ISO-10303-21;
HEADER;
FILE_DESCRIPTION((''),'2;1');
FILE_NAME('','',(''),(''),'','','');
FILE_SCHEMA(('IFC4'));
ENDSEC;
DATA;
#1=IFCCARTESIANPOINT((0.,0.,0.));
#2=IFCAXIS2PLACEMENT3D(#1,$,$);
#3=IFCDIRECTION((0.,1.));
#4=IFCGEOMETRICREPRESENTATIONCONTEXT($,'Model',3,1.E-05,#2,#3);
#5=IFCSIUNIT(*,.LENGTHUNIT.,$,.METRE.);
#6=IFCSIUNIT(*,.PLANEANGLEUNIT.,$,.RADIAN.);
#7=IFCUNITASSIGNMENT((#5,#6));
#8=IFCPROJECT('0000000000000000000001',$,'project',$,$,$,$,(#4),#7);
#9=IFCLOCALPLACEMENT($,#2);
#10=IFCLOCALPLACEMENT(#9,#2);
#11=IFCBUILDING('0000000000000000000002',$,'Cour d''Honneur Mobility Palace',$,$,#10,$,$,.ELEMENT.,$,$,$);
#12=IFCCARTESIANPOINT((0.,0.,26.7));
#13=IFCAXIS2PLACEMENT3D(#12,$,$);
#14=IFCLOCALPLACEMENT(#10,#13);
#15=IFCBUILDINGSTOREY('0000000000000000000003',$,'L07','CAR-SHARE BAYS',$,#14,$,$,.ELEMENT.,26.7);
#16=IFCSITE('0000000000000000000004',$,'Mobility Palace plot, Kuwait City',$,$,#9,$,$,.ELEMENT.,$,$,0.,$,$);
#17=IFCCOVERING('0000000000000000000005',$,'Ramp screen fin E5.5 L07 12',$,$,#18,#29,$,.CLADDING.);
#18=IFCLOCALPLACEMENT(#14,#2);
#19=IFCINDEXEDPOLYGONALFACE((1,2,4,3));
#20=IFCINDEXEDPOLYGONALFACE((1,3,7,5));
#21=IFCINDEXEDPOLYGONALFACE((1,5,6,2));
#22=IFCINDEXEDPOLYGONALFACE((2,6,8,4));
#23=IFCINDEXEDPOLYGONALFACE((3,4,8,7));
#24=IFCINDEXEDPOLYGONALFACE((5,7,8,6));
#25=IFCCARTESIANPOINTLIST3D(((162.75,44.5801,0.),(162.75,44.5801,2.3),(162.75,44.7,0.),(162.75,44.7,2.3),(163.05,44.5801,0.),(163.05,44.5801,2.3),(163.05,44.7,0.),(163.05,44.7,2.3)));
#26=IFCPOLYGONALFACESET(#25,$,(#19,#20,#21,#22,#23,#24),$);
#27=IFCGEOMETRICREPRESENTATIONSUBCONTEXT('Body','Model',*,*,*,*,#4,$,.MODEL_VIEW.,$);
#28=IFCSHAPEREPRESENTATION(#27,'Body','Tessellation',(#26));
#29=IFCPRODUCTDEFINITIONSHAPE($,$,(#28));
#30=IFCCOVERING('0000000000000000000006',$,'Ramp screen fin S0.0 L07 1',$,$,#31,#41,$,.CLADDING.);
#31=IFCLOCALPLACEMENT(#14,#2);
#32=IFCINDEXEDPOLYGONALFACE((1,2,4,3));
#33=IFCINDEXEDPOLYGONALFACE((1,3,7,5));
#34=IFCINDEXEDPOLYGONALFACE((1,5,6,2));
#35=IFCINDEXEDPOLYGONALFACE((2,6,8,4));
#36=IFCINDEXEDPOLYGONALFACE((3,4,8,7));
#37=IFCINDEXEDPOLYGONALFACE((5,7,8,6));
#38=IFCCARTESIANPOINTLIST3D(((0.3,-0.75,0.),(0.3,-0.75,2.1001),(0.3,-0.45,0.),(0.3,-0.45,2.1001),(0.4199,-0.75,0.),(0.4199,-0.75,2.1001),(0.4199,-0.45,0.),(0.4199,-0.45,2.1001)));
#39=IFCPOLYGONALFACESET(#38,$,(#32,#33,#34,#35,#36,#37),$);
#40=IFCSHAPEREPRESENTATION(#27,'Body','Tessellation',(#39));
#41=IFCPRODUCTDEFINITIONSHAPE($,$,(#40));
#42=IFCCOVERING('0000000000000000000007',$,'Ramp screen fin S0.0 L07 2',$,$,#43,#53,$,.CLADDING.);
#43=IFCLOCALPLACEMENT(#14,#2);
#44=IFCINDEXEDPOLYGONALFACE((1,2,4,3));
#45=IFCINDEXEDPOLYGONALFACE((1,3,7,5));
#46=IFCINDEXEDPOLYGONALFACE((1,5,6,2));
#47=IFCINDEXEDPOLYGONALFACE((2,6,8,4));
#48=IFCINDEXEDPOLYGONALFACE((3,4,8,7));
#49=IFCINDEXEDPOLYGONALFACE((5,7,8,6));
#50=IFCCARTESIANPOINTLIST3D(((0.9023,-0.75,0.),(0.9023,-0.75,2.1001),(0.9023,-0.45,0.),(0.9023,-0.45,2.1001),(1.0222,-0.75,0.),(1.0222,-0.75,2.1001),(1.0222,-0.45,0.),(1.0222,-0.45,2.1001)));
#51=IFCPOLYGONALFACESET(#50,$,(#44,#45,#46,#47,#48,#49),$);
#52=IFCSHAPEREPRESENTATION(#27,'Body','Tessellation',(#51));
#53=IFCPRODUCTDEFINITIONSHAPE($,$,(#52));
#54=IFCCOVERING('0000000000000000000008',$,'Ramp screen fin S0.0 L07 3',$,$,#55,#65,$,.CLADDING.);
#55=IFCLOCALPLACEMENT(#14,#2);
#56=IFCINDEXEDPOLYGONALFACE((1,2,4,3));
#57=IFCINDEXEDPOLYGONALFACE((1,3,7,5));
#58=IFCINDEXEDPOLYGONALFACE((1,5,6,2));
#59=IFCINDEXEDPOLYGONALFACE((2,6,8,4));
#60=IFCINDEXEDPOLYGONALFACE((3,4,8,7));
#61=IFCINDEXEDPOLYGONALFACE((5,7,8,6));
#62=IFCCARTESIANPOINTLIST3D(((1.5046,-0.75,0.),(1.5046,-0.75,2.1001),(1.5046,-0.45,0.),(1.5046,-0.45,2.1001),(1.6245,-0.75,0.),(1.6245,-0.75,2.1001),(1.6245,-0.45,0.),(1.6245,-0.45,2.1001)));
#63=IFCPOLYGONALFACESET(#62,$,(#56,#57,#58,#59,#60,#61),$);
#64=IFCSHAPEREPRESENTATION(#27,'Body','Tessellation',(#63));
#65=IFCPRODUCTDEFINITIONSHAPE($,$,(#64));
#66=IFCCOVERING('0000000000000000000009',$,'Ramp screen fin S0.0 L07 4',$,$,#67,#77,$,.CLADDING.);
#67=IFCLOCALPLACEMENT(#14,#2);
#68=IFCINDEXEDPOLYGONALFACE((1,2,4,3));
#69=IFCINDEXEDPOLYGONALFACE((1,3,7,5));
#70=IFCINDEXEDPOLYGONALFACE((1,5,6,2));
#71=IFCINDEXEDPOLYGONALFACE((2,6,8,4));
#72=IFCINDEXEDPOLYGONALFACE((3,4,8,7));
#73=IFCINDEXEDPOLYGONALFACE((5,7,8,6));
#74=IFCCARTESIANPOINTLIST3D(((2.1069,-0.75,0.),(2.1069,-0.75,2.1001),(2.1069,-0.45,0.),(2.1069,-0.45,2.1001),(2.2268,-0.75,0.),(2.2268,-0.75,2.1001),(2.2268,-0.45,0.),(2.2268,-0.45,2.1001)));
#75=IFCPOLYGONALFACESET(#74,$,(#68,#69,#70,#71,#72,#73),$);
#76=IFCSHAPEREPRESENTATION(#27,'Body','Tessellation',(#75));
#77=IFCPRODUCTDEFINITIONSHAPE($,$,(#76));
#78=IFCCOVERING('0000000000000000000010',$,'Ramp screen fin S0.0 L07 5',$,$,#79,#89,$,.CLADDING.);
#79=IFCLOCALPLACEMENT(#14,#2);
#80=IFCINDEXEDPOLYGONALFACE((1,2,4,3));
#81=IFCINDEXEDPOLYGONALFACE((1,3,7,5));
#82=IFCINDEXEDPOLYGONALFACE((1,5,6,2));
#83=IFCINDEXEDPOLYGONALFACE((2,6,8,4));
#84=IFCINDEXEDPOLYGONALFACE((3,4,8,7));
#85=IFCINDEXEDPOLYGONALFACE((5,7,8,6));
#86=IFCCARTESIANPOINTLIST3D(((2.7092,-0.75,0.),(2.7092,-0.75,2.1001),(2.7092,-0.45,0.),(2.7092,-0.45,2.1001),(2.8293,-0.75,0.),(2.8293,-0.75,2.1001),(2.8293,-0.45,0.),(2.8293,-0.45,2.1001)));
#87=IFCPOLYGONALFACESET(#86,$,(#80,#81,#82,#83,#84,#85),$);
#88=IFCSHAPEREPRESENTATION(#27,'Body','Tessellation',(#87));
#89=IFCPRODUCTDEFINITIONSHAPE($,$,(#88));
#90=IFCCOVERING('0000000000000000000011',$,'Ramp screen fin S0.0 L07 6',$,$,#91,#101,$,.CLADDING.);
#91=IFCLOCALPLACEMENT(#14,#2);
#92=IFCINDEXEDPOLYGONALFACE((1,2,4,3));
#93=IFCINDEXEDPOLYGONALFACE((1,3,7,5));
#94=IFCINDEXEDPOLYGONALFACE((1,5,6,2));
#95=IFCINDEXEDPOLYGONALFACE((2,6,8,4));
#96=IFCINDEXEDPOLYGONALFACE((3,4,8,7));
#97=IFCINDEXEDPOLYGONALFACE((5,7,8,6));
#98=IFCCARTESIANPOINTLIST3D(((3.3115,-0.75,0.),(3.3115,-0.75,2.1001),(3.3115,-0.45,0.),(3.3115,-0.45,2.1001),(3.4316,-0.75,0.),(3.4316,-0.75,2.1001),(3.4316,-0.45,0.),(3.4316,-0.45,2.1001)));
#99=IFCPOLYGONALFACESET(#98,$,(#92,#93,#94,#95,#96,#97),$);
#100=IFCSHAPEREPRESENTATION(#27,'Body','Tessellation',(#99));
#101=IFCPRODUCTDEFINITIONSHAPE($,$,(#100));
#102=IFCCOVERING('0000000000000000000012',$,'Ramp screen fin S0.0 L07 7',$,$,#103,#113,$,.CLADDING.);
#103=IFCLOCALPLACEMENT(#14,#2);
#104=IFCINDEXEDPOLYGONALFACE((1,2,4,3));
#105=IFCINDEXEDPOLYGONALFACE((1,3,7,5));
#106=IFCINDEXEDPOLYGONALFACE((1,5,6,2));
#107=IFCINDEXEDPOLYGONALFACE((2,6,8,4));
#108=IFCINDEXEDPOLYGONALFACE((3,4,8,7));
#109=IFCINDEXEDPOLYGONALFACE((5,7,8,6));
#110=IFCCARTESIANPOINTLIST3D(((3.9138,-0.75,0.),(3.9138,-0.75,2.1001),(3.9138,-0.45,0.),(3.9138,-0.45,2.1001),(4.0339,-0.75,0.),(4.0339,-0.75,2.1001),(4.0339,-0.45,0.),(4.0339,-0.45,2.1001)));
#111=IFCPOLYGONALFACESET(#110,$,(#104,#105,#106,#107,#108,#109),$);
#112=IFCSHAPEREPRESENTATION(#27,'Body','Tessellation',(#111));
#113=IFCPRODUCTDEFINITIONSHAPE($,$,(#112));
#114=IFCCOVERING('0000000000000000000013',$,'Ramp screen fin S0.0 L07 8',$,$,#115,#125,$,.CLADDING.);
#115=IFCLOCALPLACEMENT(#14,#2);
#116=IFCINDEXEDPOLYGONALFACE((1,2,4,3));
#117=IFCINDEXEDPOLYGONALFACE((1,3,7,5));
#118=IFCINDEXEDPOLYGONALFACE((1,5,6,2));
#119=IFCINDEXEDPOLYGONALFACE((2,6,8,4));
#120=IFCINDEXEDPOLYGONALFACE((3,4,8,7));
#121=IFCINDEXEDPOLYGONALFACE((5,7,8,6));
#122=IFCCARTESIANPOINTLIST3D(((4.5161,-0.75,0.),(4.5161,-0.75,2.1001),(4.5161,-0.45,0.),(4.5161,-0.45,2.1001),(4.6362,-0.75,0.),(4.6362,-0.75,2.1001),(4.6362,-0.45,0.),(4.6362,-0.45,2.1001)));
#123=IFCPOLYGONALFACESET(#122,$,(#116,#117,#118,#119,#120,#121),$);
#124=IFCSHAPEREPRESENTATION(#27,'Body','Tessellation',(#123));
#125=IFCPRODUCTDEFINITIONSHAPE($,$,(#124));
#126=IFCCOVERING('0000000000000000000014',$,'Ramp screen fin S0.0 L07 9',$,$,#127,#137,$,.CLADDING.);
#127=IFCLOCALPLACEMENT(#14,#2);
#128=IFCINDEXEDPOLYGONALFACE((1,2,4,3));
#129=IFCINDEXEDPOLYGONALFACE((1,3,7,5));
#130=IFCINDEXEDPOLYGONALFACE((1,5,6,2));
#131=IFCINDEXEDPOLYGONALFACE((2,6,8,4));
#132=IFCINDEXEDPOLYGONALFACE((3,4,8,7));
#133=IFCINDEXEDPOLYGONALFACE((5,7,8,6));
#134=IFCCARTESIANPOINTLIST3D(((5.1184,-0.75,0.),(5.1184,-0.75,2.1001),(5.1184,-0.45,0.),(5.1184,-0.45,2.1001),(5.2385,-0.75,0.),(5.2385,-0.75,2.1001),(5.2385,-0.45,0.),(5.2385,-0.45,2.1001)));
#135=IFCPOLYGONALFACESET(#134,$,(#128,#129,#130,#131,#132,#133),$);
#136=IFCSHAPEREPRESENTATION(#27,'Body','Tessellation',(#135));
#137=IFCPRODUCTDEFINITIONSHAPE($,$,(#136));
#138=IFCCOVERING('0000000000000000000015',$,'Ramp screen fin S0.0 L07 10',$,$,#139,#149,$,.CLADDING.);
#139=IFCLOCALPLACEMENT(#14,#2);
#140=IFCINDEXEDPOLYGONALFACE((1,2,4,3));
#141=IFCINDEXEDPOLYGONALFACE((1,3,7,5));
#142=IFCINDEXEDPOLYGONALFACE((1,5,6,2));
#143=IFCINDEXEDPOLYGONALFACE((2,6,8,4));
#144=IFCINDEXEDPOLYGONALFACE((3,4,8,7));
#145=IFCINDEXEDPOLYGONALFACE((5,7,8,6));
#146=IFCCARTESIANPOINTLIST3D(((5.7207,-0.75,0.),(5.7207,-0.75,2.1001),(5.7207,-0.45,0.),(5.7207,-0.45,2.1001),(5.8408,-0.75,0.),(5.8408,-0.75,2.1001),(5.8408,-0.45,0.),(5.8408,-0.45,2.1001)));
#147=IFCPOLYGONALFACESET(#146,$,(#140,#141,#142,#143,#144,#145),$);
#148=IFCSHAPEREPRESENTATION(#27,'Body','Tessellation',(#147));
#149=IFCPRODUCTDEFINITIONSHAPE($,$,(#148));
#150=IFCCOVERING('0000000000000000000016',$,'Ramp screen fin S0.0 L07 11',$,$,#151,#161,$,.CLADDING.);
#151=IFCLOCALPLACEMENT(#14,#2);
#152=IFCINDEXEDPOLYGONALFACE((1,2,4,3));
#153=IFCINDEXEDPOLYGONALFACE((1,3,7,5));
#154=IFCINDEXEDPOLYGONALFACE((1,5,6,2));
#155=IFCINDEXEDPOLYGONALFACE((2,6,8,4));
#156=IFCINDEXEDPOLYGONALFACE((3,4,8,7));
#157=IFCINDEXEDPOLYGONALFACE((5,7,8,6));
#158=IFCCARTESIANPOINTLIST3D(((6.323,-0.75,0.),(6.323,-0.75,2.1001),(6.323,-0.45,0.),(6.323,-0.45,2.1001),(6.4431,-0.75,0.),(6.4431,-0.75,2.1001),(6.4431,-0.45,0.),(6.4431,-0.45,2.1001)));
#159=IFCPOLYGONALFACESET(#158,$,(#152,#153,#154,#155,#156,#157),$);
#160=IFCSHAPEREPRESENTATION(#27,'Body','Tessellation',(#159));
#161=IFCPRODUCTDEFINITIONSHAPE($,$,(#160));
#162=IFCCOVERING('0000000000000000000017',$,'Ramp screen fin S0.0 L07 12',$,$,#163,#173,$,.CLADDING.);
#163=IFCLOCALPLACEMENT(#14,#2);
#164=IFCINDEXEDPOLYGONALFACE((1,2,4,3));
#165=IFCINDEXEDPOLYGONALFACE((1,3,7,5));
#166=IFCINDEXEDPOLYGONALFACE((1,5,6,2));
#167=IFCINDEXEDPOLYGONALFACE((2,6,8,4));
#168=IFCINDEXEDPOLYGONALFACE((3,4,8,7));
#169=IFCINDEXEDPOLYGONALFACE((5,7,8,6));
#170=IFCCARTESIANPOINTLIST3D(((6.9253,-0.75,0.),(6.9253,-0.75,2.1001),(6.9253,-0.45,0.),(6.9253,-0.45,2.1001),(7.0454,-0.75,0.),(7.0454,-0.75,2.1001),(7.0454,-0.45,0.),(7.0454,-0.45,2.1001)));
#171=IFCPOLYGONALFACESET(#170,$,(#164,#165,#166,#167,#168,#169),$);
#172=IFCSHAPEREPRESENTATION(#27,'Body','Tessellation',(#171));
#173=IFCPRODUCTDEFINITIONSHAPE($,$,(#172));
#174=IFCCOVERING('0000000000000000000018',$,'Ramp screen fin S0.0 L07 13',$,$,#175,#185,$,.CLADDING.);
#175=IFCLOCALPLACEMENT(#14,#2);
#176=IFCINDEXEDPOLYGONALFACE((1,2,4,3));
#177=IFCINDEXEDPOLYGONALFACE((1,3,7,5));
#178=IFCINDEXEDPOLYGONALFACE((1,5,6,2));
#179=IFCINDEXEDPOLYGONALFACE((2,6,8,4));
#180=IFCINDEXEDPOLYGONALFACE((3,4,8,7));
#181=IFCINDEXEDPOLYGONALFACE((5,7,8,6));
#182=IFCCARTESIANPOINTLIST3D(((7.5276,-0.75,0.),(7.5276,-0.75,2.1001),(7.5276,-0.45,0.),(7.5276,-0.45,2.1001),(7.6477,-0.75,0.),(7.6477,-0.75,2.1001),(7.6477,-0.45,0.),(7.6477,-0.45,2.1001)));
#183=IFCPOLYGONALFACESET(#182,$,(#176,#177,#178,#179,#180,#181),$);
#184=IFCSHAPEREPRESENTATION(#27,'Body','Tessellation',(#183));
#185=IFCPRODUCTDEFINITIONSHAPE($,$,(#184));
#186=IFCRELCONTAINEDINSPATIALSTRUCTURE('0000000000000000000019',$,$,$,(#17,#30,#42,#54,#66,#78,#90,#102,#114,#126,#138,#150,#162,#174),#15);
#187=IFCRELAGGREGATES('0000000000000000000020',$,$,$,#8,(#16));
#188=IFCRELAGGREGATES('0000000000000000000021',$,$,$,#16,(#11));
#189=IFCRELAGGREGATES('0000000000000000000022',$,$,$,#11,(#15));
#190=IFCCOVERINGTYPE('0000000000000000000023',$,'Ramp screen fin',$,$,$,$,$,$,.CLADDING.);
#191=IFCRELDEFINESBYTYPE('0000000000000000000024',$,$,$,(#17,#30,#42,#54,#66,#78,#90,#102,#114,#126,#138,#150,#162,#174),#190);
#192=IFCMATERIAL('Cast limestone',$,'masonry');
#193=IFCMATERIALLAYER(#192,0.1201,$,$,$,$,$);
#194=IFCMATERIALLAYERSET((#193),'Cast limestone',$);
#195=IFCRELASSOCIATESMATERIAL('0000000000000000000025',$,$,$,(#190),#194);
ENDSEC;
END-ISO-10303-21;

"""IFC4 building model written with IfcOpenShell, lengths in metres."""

from ifc_helpers import new_model, si_unit, direction, frame, origin, place, context, subcontext, project, spatial, polyline, outline, extrude, material, layer, layer_set, type_object, element, save


model = new_model("IFC4")

# Units and contexts
model_context = context("Model", 3, precision=1e-05, world=origin(), true_north=direction((0.0, 1.0)))
body_context = subcontext(model_context, "Body", "Model", "MODEL_VIEW")
ifc_project = project(units=[si_unit("LENGTHUNIT", "METRE"), si_unit("PLANEANGLEUNIT", "RADIAN")], contexts=[model_context])

# Site, building, storey
site_placement = place(None, origin())
site = spatial("IfcSite", under=ifc_project, at=site_placement, Name="Mobility Palace plot, Kuwait City", CompositionType="ELEMENT", RefElevation=0.0)
building_placement = place(site_placement, origin())
building = spatial("IfcBuilding", under=site, at=building_placement, Name="Cour d'Honneur Mobility Palace", CompositionType="ELEMENT")
storey_placement = place(building_placement, frame((0.0, 0.0, 26.7)))
storey = spatial("IfcBuildingStorey", under=building, at=storey_placement, Name="L07", Description="CAR-SHARE BAYS", CompositionType="ELEMENT", Elevation=26.7)

# Coverings
ifc_material = material(Name="Cast limestone", Category="masonry")
ifc_layer = layer(ifc_material, 0.1201)
ifc_layer_set = layer_set([ifc_layer], Name="Cast limestone")
covering_type = type_object("IfcCoveringType", Name="Ramp screen fin", PredefinedType="CLADDING", material=ifc_layer_set)
covering_1_placement = place(storey_placement, origin())
element("IfcCovering", 1, at=covering_1_placement, inside=storey, type_object=covering_type, Name="Ramp screen fin E5.5 L07 12", PredefinedType="CLADDING", context=body_context, shape_type="SweptSolid", body=[
    extrude(outline(polyline([(162.75, 44.5801), (162.75, 44.7), (163.05, 44.7), (163.05, 44.5801), (162.75, 44.5801)])), origin(), (0.0, 0.0, 1.0), 2.3),
])
covering_2_placement = place(storey_placement, origin())
element("IfcCovering", 2, at=covering_2_placement, inside=storey, type_object=covering_type, Name="Ramp screen fin S0.0 L07 1", PredefinedType="CLADDING", context=body_context, shape_type="SweptSolid", body=[
    extrude(outline(polyline([(0.3, -0.45), (0.4199, -0.45), (0.4199, -0.75), (0.3, -0.75), (0.3, -0.45)])), origin(), (0.0, 0.0, 1.0), 2.1001),
])
covering_3_placement = place(storey_placement, origin())
element("IfcCovering", 3, at=covering_3_placement, inside=storey, type_object=covering_type, Name="Ramp screen fin S0.0 L07 2", PredefinedType="CLADDING", context=body_context, shape_type="SweptSolid", body=[
    extrude(outline(polyline([(0.9023, -0.45), (1.0222, -0.45), (1.0222, -0.75), (0.9023, -0.75), (0.9023, -0.45)])), origin(), (0.0, 0.0, 1.0), 2.1001),
])
covering_4_placement = place(storey_placement, origin())
element("IfcCovering", 4, at=covering_4_placement, inside=storey, type_object=covering_type, Name="Ramp screen fin S0.0 L07 3", PredefinedType="CLADDING", context=body_context, shape_type="SweptSolid", body=[
    extrude(outline(polyline([(1.5046, -0.45), (1.6245, -0.45), (1.6245, -0.75), (1.5046, -0.75), (1.5046, -0.45)])), origin(), (0.0, 0.0, 1.0), 2.1001),
])
covering_5_placement = place(storey_placement, origin())
element("IfcCovering", 5, at=covering_5_placement, inside=storey, type_object=covering_type, Name="Ramp screen fin S0.0 L07 4", PredefinedType="CLADDING", context=body_context, shape_type="SweptSolid", body=[
    extrude(outline(polyline([(2.1069, -0.45), (2.2268, -0.45), (2.2268, -0.75), (2.1069, -0.75), (2.1069, -0.45)])), origin(), (0.0, 0.0, 1.0), 2.1001),
])
covering_6_placement = place(storey_placement, origin())
element("IfcCovering", 6, at=covering_6_placement, inside=storey, type_object=covering_type, Name="Ramp screen fin S0.0 L07 5", PredefinedType="CLADDING", context=body_context, shape_type="SweptSolid", body=[
    extrude(outline(polyline([(2.7092, -0.45), (2.8293, -0.45), (2.8293, -0.75), (2.7092, -0.75), (2.7092, -0.45)])), origin(), (0.0, 0.0, 1.0), 2.1001),
])
covering_7_placement = place(storey_placement, origin())
element("IfcCovering", 7, at=covering_7_placement, inside=storey, type_object=covering_type, Name="Ramp screen fin S0.0 L07 6", PredefinedType="CLADDING", context=body_context, shape_type="SweptSolid", body=[
    extrude(outline(polyline([(3.3115, -0.45), (3.4316, -0.45), (3.4316, -0.75), (3.3115, -0.75), (3.3115, -0.45)])), origin(), (0.0, 0.0, 1.0), 2.1001),
])
covering_8_placement = place(storey_placement, origin())
element("IfcCovering", 8, at=covering_8_placement, inside=storey, type_object=covering_type, Name="Ramp screen fin S0.0 L07 7", PredefinedType="CLADDING", context=body_context, shape_type="SweptSolid", body=[
    extrude(outline(polyline([(3.9138, -0.45), (4.0339, -0.45), (4.0339, -0.75), (3.9138, -0.75), (3.9138, -0.45)])), origin(), (0.0, 0.0, 1.0), 2.1001),
])
covering_9_placement = place(storey_placement, origin())
element("IfcCovering", 9, at=covering_9_placement, inside=storey, type_object=covering_type, Name="Ramp screen fin S0.0 L07 8", PredefinedType="CLADDING", context=body_context, shape_type="SweptSolid", body=[
    extrude(outline(polyline([(4.5161, -0.45), (4.6362, -0.45), (4.6362, -0.75), (4.5161, -0.75), (4.5161, -0.45)])), origin(), (0.0, 0.0, 1.0), 2.1001),
])
covering_10_placement = place(storey_placement, origin())
element("IfcCovering", 10, at=covering_10_placement, inside=storey, type_object=covering_type, Name="Ramp screen fin S0.0 L07 9", PredefinedType="CLADDING", context=body_context, shape_type="SweptSolid", body=[
    extrude(outline(polyline([(5.1184, -0.45), (5.2385, -0.45), (5.2385, -0.75), (5.1184, -0.75), (5.1184, -0.45)])), origin(), (0.0, 0.0, 1.0), 2.1001),
])
covering_11_placement = place(storey_placement, origin())
element("IfcCovering", 11, at=covering_11_placement, inside=storey, type_object=covering_type, Name="Ramp screen fin S0.0 L07 10", PredefinedType="CLADDING", context=body_context, shape_type="SweptSolid", body=[
    extrude(outline(polyline([(5.7207, -0.45), (5.8408, -0.45), (5.8408, -0.75), (5.7207, -0.75), (5.7207, -0.45)])), origin(), (0.0, 0.0, 1.0), 2.1001),
])
covering_12_placement = place(storey_placement, origin())
element("IfcCovering", 12, at=covering_12_placement, inside=storey, type_object=covering_type, Name="Ramp screen fin S0.0 L07 11", PredefinedType="CLADDING", context=body_context, shape_type="SweptSolid", body=[
    extrude(outline(polyline([(6.323, -0.45), (6.4431, -0.45), (6.4431, -0.75), (6.323, -0.75), (6.323, -0.45)])), origin(), (0.0, 0.0, 1.0), 2.1001),
])
covering_13_placement = place(storey_placement, origin())
element("IfcCovering", 13, at=covering_13_placement, inside=storey, type_object=covering_type, Name="Ramp screen fin S0.0 L07 12", PredefinedType="CLADDING", context=body_context, shape_type="SweptSolid", body=[
    extrude(outline(polyline([(6.9253, -0.45), (7.0454, -0.45), (7.0454, -0.75), (6.9253, -0.75), (6.9253, -0.45)])), origin(), (0.0, 0.0, 1.0), 2.1001),
])
covering_14_placement = place(storey_placement, origin())
element("IfcCovering", 14, at=covering_14_placement, inside=storey, type_object=covering_type, Name="Ramp screen fin S0.0 L07 13", PredefinedType="CLADDING", context=body_context, shape_type="SweptSolid", body=[
    extrude(outline(polyline([(7.5276, -0.45), (7.6477, -0.45), (7.6477, -0.75), (7.5276, -0.75), (7.5276, -0.45)])), origin(), (0.0, 0.0, 1.0), 2.1001),
])

save(model, "model.ifc")
